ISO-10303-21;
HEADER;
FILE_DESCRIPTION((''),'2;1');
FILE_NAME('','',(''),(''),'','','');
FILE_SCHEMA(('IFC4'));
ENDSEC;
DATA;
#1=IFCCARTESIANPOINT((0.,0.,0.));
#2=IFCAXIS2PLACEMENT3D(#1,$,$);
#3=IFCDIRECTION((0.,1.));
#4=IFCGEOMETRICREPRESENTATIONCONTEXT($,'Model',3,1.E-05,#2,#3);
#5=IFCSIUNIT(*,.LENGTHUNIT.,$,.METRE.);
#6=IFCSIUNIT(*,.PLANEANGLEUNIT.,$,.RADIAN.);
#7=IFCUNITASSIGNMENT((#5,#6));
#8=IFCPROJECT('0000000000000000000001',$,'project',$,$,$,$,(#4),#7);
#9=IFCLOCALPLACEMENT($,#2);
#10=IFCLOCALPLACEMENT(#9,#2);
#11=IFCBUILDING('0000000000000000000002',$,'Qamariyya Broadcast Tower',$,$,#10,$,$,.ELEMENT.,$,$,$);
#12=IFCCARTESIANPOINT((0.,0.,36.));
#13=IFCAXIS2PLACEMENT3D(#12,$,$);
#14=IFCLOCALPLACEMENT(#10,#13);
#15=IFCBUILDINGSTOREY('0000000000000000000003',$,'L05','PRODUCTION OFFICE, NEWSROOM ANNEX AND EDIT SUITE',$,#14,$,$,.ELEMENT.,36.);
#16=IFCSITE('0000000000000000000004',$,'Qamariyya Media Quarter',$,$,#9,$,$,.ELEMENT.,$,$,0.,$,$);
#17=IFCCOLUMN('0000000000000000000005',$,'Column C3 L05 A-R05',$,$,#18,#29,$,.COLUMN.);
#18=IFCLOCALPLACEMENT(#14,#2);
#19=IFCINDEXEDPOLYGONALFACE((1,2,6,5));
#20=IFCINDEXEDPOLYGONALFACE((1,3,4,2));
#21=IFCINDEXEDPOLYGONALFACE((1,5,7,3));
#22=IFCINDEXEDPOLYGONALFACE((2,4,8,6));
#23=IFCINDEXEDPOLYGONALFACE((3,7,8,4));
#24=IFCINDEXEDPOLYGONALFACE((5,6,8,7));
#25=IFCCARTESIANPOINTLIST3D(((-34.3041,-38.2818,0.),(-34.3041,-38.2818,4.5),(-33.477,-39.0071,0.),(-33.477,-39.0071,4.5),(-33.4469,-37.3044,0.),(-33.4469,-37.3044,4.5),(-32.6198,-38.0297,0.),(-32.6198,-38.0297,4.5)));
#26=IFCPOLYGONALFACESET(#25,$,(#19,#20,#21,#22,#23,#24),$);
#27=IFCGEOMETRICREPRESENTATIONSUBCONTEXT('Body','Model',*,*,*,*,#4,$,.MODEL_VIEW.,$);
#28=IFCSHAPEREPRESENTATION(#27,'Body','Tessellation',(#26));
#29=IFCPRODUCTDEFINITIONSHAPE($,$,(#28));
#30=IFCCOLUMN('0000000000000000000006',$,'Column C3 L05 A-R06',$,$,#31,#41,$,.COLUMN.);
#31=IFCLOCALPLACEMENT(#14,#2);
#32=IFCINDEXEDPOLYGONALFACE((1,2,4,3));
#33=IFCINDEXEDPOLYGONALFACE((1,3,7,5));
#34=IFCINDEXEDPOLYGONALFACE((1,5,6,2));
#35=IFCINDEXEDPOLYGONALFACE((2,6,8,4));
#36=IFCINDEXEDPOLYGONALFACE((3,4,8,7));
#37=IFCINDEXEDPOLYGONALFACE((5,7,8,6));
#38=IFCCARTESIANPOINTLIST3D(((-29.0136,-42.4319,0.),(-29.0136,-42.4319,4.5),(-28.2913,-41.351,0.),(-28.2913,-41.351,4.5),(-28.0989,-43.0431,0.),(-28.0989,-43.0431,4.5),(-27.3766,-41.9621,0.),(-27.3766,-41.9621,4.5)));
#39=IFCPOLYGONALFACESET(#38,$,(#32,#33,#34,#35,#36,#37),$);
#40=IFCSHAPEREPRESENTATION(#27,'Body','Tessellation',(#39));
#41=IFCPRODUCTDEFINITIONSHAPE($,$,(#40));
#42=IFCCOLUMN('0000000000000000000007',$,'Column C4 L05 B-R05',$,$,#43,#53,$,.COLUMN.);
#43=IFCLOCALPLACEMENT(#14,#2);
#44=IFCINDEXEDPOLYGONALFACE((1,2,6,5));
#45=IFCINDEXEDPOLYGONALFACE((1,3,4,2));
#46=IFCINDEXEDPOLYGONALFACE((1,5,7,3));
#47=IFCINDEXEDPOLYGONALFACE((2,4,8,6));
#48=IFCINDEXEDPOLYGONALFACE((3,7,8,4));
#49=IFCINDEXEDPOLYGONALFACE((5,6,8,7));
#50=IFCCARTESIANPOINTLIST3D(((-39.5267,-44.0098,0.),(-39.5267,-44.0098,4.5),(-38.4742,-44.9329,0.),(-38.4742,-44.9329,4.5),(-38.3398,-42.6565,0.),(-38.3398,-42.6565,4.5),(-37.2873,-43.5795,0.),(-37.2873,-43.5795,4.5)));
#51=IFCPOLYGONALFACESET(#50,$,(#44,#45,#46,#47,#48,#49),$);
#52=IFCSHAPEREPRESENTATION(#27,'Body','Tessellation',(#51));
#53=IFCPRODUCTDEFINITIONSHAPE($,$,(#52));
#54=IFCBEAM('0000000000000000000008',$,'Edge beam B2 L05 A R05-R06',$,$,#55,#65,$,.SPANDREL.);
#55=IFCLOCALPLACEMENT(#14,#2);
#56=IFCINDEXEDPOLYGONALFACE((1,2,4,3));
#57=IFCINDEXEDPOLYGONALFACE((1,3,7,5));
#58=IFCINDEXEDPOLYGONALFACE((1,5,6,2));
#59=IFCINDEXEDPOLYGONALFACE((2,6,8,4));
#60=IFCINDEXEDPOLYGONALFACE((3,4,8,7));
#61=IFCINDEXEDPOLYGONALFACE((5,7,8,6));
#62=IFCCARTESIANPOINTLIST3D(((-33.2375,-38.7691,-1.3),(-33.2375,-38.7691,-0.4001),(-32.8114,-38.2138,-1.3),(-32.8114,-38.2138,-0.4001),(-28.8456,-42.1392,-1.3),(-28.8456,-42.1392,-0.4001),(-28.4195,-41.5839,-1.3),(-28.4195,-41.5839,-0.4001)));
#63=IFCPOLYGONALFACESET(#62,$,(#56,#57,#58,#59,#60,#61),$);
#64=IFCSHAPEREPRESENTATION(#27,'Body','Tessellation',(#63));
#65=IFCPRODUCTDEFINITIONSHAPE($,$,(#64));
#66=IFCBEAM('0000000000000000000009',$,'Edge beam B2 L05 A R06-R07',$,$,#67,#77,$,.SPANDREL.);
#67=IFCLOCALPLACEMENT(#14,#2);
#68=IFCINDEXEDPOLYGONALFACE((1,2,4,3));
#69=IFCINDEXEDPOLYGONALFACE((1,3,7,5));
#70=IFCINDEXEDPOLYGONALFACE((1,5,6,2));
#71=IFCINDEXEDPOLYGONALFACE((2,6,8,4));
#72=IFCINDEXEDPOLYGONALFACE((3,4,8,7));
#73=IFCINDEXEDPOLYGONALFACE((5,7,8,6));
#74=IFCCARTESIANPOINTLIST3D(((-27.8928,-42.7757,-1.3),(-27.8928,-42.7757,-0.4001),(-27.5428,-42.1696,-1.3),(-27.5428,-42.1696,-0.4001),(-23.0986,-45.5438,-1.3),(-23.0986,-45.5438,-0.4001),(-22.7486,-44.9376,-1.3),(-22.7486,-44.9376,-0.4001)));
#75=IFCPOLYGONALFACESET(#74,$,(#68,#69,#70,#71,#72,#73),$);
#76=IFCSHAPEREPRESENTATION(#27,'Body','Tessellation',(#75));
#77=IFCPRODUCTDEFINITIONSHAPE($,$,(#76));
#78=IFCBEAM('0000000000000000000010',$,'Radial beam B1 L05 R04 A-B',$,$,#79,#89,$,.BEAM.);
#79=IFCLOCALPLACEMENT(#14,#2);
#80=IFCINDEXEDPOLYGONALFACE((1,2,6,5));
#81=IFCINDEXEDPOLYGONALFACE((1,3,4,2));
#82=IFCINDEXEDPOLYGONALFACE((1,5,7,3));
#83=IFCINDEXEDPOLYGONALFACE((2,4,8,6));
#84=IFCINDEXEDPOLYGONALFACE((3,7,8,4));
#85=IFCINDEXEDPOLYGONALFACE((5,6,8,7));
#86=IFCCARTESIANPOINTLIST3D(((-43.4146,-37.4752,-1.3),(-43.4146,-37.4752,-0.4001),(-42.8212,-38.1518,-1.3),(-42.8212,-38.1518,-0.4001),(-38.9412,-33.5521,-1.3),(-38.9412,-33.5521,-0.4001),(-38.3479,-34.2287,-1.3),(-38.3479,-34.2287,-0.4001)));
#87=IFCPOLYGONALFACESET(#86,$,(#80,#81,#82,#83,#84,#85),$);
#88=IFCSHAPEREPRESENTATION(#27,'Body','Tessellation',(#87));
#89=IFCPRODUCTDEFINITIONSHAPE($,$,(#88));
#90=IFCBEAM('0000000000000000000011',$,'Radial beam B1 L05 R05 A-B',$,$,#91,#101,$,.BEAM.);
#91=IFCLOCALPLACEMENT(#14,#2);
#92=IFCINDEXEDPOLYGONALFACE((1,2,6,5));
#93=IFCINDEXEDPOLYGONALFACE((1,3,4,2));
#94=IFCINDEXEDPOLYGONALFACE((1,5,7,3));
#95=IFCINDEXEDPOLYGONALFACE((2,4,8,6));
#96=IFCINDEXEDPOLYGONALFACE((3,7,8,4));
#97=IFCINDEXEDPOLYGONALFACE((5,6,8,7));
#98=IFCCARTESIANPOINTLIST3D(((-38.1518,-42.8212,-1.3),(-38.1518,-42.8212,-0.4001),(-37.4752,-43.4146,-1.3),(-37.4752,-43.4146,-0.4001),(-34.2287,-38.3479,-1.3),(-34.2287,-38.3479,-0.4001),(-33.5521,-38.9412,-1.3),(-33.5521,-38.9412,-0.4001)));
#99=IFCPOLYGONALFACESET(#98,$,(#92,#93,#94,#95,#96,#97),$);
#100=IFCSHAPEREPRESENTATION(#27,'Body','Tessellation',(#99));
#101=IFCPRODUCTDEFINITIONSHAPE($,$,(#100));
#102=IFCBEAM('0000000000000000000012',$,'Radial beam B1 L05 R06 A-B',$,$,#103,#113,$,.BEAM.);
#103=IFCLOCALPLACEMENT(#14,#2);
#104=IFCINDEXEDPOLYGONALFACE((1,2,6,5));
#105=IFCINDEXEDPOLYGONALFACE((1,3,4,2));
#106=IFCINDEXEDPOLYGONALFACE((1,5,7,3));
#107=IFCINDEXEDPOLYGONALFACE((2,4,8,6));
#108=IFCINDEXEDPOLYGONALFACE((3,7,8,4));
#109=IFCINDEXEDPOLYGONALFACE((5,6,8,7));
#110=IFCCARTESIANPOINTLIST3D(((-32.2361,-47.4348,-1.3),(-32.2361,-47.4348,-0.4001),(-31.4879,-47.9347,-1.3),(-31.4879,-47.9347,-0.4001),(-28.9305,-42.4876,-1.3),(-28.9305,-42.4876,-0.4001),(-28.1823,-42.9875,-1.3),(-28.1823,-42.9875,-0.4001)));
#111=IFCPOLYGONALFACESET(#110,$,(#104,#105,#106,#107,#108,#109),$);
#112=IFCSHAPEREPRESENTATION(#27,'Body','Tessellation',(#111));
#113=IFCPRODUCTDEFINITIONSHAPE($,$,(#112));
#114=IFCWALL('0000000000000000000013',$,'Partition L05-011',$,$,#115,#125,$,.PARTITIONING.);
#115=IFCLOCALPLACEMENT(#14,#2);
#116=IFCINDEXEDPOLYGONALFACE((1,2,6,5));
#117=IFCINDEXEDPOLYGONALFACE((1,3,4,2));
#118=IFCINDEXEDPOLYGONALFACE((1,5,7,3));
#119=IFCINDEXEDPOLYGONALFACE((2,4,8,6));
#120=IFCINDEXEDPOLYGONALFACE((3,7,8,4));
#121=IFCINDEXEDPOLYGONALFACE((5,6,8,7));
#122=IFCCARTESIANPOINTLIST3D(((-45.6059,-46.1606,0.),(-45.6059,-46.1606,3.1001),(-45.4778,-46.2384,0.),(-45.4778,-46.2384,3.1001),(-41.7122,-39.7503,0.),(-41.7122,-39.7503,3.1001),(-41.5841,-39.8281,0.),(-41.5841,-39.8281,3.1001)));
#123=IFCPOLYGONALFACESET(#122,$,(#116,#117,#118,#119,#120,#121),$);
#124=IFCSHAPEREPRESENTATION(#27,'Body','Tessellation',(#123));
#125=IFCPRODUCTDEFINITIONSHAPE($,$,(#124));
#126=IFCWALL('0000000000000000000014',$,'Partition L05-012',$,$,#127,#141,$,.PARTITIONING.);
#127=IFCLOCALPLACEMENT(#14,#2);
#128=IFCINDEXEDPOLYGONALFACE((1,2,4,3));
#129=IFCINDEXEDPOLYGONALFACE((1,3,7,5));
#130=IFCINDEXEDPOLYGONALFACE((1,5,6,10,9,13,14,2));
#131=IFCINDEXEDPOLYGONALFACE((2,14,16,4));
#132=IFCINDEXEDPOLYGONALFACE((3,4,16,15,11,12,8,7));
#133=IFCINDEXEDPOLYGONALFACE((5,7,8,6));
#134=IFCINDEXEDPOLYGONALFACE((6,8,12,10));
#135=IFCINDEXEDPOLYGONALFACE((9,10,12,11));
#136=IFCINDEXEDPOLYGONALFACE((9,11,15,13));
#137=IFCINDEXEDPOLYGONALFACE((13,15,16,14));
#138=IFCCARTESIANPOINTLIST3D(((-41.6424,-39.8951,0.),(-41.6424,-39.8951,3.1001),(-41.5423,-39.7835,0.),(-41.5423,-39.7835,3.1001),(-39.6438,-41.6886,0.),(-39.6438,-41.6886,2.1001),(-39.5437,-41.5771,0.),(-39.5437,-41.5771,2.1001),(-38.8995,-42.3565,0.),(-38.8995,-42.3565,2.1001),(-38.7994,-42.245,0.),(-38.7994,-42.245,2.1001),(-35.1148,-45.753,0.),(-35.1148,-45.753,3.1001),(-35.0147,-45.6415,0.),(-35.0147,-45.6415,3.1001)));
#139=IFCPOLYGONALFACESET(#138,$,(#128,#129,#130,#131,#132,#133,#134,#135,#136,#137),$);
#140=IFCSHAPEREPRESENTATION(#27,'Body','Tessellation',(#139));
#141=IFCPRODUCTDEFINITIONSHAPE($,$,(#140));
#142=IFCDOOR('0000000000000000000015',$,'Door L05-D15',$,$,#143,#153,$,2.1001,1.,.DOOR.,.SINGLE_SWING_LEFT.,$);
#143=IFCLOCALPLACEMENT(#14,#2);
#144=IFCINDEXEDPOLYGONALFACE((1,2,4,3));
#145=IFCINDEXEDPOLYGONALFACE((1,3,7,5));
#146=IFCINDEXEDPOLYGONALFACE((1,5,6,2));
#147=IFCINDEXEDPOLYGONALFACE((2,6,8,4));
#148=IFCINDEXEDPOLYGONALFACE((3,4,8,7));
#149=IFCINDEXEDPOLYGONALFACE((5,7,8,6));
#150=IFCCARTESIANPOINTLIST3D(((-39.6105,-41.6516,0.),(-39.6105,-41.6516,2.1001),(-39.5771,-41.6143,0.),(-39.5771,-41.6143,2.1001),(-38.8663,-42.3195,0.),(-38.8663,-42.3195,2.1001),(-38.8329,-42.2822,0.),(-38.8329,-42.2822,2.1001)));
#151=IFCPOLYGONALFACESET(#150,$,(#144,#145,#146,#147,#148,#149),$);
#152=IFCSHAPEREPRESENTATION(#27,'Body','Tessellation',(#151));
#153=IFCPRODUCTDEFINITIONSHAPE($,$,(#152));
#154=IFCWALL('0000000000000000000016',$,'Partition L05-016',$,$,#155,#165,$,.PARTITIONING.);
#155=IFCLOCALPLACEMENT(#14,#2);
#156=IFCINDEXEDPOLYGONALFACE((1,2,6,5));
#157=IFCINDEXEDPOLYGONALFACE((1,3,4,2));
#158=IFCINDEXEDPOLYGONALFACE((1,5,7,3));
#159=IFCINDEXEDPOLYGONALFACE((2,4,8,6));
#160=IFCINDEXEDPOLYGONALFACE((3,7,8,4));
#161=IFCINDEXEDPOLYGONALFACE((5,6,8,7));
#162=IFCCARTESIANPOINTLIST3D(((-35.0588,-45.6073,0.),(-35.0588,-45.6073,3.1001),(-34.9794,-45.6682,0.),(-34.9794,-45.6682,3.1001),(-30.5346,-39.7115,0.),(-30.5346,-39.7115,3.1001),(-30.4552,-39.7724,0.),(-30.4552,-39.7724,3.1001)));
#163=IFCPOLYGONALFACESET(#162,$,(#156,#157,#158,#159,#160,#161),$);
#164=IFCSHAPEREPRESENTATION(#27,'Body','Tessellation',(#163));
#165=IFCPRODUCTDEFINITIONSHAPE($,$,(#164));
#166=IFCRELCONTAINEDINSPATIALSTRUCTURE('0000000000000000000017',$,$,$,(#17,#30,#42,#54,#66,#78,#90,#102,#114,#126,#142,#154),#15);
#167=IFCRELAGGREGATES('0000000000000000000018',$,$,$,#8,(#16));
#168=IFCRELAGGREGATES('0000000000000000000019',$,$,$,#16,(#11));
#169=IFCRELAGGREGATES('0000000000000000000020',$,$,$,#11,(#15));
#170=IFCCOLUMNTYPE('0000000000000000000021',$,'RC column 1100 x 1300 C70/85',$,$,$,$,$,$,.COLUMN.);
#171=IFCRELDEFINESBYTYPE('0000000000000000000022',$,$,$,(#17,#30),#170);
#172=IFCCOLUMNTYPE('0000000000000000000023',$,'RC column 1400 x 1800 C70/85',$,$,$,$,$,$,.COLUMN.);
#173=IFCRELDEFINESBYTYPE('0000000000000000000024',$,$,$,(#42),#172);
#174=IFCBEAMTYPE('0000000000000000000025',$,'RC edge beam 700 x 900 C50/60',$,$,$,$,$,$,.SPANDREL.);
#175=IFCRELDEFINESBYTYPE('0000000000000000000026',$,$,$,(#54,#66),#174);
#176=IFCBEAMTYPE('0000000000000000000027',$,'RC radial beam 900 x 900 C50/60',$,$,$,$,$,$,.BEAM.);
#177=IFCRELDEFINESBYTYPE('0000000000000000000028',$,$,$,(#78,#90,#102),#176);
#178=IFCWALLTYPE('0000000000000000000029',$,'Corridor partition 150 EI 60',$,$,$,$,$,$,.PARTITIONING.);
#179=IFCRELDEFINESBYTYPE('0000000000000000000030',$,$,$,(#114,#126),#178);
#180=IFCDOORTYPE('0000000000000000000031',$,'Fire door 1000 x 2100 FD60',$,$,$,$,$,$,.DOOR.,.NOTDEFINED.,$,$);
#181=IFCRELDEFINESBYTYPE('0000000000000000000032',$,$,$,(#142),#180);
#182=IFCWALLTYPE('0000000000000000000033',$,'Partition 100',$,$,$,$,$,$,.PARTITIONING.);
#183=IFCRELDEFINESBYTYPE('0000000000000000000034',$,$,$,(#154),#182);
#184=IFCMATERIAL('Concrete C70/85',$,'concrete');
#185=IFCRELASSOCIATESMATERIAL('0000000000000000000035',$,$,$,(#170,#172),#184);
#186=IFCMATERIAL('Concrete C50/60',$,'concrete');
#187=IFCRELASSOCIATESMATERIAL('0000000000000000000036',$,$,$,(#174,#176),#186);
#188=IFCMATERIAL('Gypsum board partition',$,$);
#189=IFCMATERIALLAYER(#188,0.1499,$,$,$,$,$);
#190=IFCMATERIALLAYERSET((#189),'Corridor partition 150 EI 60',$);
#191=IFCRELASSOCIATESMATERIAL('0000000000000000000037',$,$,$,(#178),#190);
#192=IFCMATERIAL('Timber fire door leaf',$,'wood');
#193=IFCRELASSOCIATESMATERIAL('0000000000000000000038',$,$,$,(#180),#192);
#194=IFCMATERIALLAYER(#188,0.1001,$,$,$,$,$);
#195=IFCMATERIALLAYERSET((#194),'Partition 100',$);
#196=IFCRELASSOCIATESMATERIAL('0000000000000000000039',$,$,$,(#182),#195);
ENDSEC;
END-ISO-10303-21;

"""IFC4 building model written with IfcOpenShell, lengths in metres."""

from ifc_helpers import new_model, si_unit, direction, frame, frame_2d, origin, origin_2d, place, context, subcontext, project, spatial, rectangle, extrude, material, layer, layer_set, material_profile, profile_set, type_object, element, fill, save


model = new_model("IFC4")

# Units and contexts
model_context = context("Model", 3, precision=1e-05, world=origin(), true_north=direction((0.0, 1.0)))
body_context = subcontext(model_context, "Body", "Model", "MODEL_VIEW")
ifc_project = project(units=[si_unit("LENGTHUNIT", "METRE"), si_unit("PLANEANGLEUNIT", "RADIAN")], contexts=[model_context])

# Site, building, storey
site_placement = place(None, origin())
site = spatial("IfcSite", under=ifc_project, at=site_placement, Name="Qamariyya Media Quarter", CompositionType="ELEMENT", RefElevation=0.0)
building_placement = place(site_placement, origin())
building = spatial("IfcBuilding", under=site, at=building_placement, Name="Qamariyya Broadcast Tower", CompositionType="ELEMENT")
storey_placement = place(building_placement, frame((0.0, 0.0, 36.0)))
storey = spatial("IfcBuildingStorey", under=building, at=storey_placement, Name="L05", Description="PRODUCTION OFFICE, NEWSROOM ANNEX AND EDIT SUITE", CompositionType="ELEMENT", Elevation=36.0)

# Columns
ifc_material_1 = material(Name="Concrete C70/85", Category="concrete")
ifc_material_profile_1 = material_profile(ifc_material_1, rectangle(XDim=1.1001, YDim=1.3, at=origin_2d()))
ifc_profile_set_1 = profile_set([ifc_material_profile_1], Name="Concrete C70/85")
column_type_1 = type_object("IfcColumnType", Name="RC column 1100 x 1300 C70/85", PredefinedType="COLUMN", material=ifc_profile_set_1)
for number, where, z_axis, x_axis, name in (
    (1, (-33.4619, -38.1558, 0.0), (0.0, 0.0, 1.0), (0.75184, -0.659346, 0.0), "Column C3 L05 A-R05"),
    (2, (-28.1951, -42.197, 0.0), (0.0, 0.0, 1.0), (0.83147, -0.55557, 0.0), "Column C3 L05 A-R06"),
):
    element("IfcColumn", number, at=place(storey_placement, frame(where, z_axis=z_axis, x_axis=x_axis)), inside=storey, type_object=column_type_1, Name=name, PredefinedType="COLUMN", context=body_context, shape_type="SweptSolid", body=[
        extrude(rectangle(XDim=1.1001, YDim=1.3, at=origin_2d()), origin(), (0.0, 0.0, 1.0), 4.5),
    ])
ifc_material_profile_2 = material_profile(ifc_material_1, rectangle(XDim=1.3999, YDim=1.8, at=origin_2d()))
ifc_profile_set_2 = profile_set([ifc_material_profile_2], Name="Concrete C70/85")
column_type_2 = type_object("IfcColumnType", Name="RC column 1400 x 1800 C70/85", PredefinedType="COLUMN", material=ifc_profile_set_2)
column_placement = place(storey_placement, frame((-38.407, -43.7947, 0.0), z_axis=(0.0, 0.0, 1.0), x_axis=(0.75184, -0.659346, 0.0)))
element("IfcColumn", 3, at=column_placement, inside=storey, type_object=column_type_2, Name="Column C4 L05 B-R05", PredefinedType="COLUMN", context=body_context, shape_type="SweptSolid", body=[
    extrude(rectangle(XDim=1.3999, YDim=1.8, at=origin_2d()), origin(), (0.0, 0.0, 1.0), 4.5),
])

# Beams
ifc_material_2 = material(Name="Concrete C50/60", Category="concrete")
ifc_material_profile_3 = material_profile(ifc_material_2, rectangle(XDim=0.7, YDim=0.8999, at=origin_2d()))
ifc_profile_set_3 = profile_set([ifc_material_profile_3], Name="Concrete C50/60")
beam_type_1 = type_object("IfcBeamType", Name="RC edge beam 700 x 900 C50/60", PredefinedType="SPANDREL", material=ifc_profile_set_3)
for number, where, z_axis, x_axis, name in (
    (4, (-33.0244, -38.4915, -0.8501), (0.793342, -0.608777, 0.0), (0.608777, 0.793342, 0.0), "Edge beam B2 L05 A R05-R06"),
    (5, (-27.7178, -42.4727, -0.8501), (0.866014, -0.500019, 0.0), (0.500019, 0.866014, 0.0), "Edge beam B2 L05 A R06-R07"),
):
    element("IfcBeam", number, at=place(storey_placement, frame(where, z_axis=z_axis, x_axis=x_axis)), inside=storey, type_object=beam_type_1, Name=name, PredefinedType="SPANDREL", context=body_context, shape_type="SweptSolid", body=[
        extrude(rectangle(XDim=0.7, YDim=0.8999, at=origin_2d()), origin(), (0.0, 0.0, 1.0), 5.5359),
    ])
ifc_material_profile_4 = material_profile(ifc_material_2, rectangle(XDim=0.8999, YDim=0.8999, at=origin_2d()))
ifc_profile_set_4 = profile_set([ifc_material_profile_4], Name="Concrete C50/60")
beam_type_2 = type_object("IfcBeamType", Name="RC radial beam 900 x 900 C50/60", PredefinedType="BEAM", material=ifc_profile_set_4)
for number, where, z_axis, x_axis, name in (
    (6, (-38.6445, -33.8904, -0.8501), (-0.751837, -0.65935, 0.0), (0.65935, -0.751837, 0.0), "Radial beam B1 L05 R04 A-B"),
    (7, (-33.8904, -38.6445, -0.8501), (-0.65935, -0.751837, 0.0), (0.751837, -0.65935, 0.0), "Radial beam B1 L05 R05 A-B"),
    (8, (-28.5564, -42.7375, -0.8501), (-0.555571, -0.831469, 0.0), (0.831469, -0.555571, 0.0), "Radial beam B1 L05 R06 A-B"),
):
    element("IfcBeam", number, at=place(storey_placement, frame(where, z_axis=z_axis, x_axis=x_axis)), inside=storey, type_object=beam_type_2, Name=name, PredefinedType="BEAM", context=body_context, shape_type="SweptSolid", body=[
        extrude(rectangle(XDim=0.8999, YDim=0.8999, at=origin_2d()), origin(), (0.0, 0.0, 1.0), 5.95),
    ])

# Wall
ifc_material_3 = material(Name="Gypsum board partition")
ifc_layer_1 = layer(ifc_material_3, 0.1499)
ifc_layer_set_1 = layer_set([ifc_layer_1], Name="Corridor partition 150 EI 60")
wall_type_1 = type_object("IfcWallType", Name="Corridor partition 150 EI 60", PredefinedType="PARTITIONING", material=ifc_layer_set_1)
wall_1_placement = place(storey_placement, frame((-41.6482, -39.7893, 0.0), z_axis=(0.0, 0.0, 1.0), x_axis=(-0.519151, -0.854683, 0.0)))
element("IfcWall", 9, at=wall_1_placement, inside=storey, type_object=wall_type_1, Name="Partition L05-011", PredefinedType="PARTITIONING", context=body_context, shape_type="SweptSolid", body=[
    extrude(rectangle(XDim=7.5002, YDim=0.1499, at=frame_2d((3.75, 0.0))), origin(), (0.0, 0.0, 1.0), 3.1001),
])

# Wall, opening, door
wall_2_placement = place(storey_placement, frame((-41.5923, -39.8394, 0.0), z_axis=(0.0, 0.0, 1.0), x_axis=(0.744253, -0.667898, 0.0)))
wall_2 = element("IfcWall", 10, at=wall_2_placement, inside=storey, type_object=wall_type_1, Name="Partition L05-012", PredefinedType="PARTITIONING", context=body_context, shape_type="SweptSolid", body=[
    extrude(rectangle(XDim=8.7708, YDim=0.1499, at=frame_2d((4.3853, 0.0))), origin(), (0.0, 0.0, 1.0), 3.1001),
])
opening_1_placement = place(wall_2_placement, frame((2.6853, 0.0, 0.0)))
opening_1 = element("IfcOpeningElement", 11, at=opening_1_placement, cuts=wall_2, PredefinedType="OPENING", context=body_context, shape_type="SweptSolid", body=[
    extrude(rectangle(XDim=1.0, YDim=2.1001, at=frame_2d((0.5, 1.05))), frame((0.0, 0.085, 0.0), z_axis=(0.0, -1.0, 0.0), x_axis=(1.0, 0.0, 0.0)), (0.0, 0.0, 1.0), 0.1699),
])
ifc_material_4 = material(Name="Timber fire door leaf", Category="wood")
door_type = type_object("IfcDoorType", Name="Fire door 1000 x 2100 FD60", OperationType="NOTDEFINED", PredefinedType="DOOR", material=ifc_material_4)
door_placement = place(opening_1_placement, origin())
door = element("IfcDoor", 12, at=door_placement, inside=storey, type_object=door_type, Name="Door L05-D15", OperationType="SINGLE_SWING_LEFT", OverallHeight=2.1001, OverallWidth=1.0, PredefinedType="DOOR", context=body_context, shape_type="SweptSolid", body=[
    extrude(rectangle(XDim=1.0, YDim=2.1001, at=frame_2d((0.5, 1.05))), frame((0.0, 0.0249, 0.0), z_axis=(0.0, -1.0, 0.0), x_axis=(1.0, 0.0, 0.0)), (0.0, 0.0, 1.0), 0.05),
])
fill(opening_1, door)

# Wall
ifc_layer_2 = layer(ifc_material_3, 0.1001)
ifc_layer_set_2 = layer_set([ifc_layer_2], Name="Partition 100")
wall_type_2 = type_object("IfcWallType", Name="Partition 100", PredefinedType="PARTITIONING", material=ifc_layer_set_2)
wall_3_placement = place(storey_placement, frame((-30.4949, -39.7419, 0.0), z_axis=(0.0, 0.0, 1.0), x_axis=(-0.608778, -0.79334, 0.0)))
element("IfcWall", 13, at=wall_3_placement, inside=storey, type_object=wall_type_2, Name="Partition L05-016", PredefinedType="PARTITIONING", context=body_context, shape_type="SweptSolid", body=[
    extrude(rectangle(XDim=7.4316, YDim=0.1001, at=frame_2d((3.7158, 0.0))), origin(), (0.0, 0.0, 1.0), 3.1001),
])

save(model, "model.ifc")
